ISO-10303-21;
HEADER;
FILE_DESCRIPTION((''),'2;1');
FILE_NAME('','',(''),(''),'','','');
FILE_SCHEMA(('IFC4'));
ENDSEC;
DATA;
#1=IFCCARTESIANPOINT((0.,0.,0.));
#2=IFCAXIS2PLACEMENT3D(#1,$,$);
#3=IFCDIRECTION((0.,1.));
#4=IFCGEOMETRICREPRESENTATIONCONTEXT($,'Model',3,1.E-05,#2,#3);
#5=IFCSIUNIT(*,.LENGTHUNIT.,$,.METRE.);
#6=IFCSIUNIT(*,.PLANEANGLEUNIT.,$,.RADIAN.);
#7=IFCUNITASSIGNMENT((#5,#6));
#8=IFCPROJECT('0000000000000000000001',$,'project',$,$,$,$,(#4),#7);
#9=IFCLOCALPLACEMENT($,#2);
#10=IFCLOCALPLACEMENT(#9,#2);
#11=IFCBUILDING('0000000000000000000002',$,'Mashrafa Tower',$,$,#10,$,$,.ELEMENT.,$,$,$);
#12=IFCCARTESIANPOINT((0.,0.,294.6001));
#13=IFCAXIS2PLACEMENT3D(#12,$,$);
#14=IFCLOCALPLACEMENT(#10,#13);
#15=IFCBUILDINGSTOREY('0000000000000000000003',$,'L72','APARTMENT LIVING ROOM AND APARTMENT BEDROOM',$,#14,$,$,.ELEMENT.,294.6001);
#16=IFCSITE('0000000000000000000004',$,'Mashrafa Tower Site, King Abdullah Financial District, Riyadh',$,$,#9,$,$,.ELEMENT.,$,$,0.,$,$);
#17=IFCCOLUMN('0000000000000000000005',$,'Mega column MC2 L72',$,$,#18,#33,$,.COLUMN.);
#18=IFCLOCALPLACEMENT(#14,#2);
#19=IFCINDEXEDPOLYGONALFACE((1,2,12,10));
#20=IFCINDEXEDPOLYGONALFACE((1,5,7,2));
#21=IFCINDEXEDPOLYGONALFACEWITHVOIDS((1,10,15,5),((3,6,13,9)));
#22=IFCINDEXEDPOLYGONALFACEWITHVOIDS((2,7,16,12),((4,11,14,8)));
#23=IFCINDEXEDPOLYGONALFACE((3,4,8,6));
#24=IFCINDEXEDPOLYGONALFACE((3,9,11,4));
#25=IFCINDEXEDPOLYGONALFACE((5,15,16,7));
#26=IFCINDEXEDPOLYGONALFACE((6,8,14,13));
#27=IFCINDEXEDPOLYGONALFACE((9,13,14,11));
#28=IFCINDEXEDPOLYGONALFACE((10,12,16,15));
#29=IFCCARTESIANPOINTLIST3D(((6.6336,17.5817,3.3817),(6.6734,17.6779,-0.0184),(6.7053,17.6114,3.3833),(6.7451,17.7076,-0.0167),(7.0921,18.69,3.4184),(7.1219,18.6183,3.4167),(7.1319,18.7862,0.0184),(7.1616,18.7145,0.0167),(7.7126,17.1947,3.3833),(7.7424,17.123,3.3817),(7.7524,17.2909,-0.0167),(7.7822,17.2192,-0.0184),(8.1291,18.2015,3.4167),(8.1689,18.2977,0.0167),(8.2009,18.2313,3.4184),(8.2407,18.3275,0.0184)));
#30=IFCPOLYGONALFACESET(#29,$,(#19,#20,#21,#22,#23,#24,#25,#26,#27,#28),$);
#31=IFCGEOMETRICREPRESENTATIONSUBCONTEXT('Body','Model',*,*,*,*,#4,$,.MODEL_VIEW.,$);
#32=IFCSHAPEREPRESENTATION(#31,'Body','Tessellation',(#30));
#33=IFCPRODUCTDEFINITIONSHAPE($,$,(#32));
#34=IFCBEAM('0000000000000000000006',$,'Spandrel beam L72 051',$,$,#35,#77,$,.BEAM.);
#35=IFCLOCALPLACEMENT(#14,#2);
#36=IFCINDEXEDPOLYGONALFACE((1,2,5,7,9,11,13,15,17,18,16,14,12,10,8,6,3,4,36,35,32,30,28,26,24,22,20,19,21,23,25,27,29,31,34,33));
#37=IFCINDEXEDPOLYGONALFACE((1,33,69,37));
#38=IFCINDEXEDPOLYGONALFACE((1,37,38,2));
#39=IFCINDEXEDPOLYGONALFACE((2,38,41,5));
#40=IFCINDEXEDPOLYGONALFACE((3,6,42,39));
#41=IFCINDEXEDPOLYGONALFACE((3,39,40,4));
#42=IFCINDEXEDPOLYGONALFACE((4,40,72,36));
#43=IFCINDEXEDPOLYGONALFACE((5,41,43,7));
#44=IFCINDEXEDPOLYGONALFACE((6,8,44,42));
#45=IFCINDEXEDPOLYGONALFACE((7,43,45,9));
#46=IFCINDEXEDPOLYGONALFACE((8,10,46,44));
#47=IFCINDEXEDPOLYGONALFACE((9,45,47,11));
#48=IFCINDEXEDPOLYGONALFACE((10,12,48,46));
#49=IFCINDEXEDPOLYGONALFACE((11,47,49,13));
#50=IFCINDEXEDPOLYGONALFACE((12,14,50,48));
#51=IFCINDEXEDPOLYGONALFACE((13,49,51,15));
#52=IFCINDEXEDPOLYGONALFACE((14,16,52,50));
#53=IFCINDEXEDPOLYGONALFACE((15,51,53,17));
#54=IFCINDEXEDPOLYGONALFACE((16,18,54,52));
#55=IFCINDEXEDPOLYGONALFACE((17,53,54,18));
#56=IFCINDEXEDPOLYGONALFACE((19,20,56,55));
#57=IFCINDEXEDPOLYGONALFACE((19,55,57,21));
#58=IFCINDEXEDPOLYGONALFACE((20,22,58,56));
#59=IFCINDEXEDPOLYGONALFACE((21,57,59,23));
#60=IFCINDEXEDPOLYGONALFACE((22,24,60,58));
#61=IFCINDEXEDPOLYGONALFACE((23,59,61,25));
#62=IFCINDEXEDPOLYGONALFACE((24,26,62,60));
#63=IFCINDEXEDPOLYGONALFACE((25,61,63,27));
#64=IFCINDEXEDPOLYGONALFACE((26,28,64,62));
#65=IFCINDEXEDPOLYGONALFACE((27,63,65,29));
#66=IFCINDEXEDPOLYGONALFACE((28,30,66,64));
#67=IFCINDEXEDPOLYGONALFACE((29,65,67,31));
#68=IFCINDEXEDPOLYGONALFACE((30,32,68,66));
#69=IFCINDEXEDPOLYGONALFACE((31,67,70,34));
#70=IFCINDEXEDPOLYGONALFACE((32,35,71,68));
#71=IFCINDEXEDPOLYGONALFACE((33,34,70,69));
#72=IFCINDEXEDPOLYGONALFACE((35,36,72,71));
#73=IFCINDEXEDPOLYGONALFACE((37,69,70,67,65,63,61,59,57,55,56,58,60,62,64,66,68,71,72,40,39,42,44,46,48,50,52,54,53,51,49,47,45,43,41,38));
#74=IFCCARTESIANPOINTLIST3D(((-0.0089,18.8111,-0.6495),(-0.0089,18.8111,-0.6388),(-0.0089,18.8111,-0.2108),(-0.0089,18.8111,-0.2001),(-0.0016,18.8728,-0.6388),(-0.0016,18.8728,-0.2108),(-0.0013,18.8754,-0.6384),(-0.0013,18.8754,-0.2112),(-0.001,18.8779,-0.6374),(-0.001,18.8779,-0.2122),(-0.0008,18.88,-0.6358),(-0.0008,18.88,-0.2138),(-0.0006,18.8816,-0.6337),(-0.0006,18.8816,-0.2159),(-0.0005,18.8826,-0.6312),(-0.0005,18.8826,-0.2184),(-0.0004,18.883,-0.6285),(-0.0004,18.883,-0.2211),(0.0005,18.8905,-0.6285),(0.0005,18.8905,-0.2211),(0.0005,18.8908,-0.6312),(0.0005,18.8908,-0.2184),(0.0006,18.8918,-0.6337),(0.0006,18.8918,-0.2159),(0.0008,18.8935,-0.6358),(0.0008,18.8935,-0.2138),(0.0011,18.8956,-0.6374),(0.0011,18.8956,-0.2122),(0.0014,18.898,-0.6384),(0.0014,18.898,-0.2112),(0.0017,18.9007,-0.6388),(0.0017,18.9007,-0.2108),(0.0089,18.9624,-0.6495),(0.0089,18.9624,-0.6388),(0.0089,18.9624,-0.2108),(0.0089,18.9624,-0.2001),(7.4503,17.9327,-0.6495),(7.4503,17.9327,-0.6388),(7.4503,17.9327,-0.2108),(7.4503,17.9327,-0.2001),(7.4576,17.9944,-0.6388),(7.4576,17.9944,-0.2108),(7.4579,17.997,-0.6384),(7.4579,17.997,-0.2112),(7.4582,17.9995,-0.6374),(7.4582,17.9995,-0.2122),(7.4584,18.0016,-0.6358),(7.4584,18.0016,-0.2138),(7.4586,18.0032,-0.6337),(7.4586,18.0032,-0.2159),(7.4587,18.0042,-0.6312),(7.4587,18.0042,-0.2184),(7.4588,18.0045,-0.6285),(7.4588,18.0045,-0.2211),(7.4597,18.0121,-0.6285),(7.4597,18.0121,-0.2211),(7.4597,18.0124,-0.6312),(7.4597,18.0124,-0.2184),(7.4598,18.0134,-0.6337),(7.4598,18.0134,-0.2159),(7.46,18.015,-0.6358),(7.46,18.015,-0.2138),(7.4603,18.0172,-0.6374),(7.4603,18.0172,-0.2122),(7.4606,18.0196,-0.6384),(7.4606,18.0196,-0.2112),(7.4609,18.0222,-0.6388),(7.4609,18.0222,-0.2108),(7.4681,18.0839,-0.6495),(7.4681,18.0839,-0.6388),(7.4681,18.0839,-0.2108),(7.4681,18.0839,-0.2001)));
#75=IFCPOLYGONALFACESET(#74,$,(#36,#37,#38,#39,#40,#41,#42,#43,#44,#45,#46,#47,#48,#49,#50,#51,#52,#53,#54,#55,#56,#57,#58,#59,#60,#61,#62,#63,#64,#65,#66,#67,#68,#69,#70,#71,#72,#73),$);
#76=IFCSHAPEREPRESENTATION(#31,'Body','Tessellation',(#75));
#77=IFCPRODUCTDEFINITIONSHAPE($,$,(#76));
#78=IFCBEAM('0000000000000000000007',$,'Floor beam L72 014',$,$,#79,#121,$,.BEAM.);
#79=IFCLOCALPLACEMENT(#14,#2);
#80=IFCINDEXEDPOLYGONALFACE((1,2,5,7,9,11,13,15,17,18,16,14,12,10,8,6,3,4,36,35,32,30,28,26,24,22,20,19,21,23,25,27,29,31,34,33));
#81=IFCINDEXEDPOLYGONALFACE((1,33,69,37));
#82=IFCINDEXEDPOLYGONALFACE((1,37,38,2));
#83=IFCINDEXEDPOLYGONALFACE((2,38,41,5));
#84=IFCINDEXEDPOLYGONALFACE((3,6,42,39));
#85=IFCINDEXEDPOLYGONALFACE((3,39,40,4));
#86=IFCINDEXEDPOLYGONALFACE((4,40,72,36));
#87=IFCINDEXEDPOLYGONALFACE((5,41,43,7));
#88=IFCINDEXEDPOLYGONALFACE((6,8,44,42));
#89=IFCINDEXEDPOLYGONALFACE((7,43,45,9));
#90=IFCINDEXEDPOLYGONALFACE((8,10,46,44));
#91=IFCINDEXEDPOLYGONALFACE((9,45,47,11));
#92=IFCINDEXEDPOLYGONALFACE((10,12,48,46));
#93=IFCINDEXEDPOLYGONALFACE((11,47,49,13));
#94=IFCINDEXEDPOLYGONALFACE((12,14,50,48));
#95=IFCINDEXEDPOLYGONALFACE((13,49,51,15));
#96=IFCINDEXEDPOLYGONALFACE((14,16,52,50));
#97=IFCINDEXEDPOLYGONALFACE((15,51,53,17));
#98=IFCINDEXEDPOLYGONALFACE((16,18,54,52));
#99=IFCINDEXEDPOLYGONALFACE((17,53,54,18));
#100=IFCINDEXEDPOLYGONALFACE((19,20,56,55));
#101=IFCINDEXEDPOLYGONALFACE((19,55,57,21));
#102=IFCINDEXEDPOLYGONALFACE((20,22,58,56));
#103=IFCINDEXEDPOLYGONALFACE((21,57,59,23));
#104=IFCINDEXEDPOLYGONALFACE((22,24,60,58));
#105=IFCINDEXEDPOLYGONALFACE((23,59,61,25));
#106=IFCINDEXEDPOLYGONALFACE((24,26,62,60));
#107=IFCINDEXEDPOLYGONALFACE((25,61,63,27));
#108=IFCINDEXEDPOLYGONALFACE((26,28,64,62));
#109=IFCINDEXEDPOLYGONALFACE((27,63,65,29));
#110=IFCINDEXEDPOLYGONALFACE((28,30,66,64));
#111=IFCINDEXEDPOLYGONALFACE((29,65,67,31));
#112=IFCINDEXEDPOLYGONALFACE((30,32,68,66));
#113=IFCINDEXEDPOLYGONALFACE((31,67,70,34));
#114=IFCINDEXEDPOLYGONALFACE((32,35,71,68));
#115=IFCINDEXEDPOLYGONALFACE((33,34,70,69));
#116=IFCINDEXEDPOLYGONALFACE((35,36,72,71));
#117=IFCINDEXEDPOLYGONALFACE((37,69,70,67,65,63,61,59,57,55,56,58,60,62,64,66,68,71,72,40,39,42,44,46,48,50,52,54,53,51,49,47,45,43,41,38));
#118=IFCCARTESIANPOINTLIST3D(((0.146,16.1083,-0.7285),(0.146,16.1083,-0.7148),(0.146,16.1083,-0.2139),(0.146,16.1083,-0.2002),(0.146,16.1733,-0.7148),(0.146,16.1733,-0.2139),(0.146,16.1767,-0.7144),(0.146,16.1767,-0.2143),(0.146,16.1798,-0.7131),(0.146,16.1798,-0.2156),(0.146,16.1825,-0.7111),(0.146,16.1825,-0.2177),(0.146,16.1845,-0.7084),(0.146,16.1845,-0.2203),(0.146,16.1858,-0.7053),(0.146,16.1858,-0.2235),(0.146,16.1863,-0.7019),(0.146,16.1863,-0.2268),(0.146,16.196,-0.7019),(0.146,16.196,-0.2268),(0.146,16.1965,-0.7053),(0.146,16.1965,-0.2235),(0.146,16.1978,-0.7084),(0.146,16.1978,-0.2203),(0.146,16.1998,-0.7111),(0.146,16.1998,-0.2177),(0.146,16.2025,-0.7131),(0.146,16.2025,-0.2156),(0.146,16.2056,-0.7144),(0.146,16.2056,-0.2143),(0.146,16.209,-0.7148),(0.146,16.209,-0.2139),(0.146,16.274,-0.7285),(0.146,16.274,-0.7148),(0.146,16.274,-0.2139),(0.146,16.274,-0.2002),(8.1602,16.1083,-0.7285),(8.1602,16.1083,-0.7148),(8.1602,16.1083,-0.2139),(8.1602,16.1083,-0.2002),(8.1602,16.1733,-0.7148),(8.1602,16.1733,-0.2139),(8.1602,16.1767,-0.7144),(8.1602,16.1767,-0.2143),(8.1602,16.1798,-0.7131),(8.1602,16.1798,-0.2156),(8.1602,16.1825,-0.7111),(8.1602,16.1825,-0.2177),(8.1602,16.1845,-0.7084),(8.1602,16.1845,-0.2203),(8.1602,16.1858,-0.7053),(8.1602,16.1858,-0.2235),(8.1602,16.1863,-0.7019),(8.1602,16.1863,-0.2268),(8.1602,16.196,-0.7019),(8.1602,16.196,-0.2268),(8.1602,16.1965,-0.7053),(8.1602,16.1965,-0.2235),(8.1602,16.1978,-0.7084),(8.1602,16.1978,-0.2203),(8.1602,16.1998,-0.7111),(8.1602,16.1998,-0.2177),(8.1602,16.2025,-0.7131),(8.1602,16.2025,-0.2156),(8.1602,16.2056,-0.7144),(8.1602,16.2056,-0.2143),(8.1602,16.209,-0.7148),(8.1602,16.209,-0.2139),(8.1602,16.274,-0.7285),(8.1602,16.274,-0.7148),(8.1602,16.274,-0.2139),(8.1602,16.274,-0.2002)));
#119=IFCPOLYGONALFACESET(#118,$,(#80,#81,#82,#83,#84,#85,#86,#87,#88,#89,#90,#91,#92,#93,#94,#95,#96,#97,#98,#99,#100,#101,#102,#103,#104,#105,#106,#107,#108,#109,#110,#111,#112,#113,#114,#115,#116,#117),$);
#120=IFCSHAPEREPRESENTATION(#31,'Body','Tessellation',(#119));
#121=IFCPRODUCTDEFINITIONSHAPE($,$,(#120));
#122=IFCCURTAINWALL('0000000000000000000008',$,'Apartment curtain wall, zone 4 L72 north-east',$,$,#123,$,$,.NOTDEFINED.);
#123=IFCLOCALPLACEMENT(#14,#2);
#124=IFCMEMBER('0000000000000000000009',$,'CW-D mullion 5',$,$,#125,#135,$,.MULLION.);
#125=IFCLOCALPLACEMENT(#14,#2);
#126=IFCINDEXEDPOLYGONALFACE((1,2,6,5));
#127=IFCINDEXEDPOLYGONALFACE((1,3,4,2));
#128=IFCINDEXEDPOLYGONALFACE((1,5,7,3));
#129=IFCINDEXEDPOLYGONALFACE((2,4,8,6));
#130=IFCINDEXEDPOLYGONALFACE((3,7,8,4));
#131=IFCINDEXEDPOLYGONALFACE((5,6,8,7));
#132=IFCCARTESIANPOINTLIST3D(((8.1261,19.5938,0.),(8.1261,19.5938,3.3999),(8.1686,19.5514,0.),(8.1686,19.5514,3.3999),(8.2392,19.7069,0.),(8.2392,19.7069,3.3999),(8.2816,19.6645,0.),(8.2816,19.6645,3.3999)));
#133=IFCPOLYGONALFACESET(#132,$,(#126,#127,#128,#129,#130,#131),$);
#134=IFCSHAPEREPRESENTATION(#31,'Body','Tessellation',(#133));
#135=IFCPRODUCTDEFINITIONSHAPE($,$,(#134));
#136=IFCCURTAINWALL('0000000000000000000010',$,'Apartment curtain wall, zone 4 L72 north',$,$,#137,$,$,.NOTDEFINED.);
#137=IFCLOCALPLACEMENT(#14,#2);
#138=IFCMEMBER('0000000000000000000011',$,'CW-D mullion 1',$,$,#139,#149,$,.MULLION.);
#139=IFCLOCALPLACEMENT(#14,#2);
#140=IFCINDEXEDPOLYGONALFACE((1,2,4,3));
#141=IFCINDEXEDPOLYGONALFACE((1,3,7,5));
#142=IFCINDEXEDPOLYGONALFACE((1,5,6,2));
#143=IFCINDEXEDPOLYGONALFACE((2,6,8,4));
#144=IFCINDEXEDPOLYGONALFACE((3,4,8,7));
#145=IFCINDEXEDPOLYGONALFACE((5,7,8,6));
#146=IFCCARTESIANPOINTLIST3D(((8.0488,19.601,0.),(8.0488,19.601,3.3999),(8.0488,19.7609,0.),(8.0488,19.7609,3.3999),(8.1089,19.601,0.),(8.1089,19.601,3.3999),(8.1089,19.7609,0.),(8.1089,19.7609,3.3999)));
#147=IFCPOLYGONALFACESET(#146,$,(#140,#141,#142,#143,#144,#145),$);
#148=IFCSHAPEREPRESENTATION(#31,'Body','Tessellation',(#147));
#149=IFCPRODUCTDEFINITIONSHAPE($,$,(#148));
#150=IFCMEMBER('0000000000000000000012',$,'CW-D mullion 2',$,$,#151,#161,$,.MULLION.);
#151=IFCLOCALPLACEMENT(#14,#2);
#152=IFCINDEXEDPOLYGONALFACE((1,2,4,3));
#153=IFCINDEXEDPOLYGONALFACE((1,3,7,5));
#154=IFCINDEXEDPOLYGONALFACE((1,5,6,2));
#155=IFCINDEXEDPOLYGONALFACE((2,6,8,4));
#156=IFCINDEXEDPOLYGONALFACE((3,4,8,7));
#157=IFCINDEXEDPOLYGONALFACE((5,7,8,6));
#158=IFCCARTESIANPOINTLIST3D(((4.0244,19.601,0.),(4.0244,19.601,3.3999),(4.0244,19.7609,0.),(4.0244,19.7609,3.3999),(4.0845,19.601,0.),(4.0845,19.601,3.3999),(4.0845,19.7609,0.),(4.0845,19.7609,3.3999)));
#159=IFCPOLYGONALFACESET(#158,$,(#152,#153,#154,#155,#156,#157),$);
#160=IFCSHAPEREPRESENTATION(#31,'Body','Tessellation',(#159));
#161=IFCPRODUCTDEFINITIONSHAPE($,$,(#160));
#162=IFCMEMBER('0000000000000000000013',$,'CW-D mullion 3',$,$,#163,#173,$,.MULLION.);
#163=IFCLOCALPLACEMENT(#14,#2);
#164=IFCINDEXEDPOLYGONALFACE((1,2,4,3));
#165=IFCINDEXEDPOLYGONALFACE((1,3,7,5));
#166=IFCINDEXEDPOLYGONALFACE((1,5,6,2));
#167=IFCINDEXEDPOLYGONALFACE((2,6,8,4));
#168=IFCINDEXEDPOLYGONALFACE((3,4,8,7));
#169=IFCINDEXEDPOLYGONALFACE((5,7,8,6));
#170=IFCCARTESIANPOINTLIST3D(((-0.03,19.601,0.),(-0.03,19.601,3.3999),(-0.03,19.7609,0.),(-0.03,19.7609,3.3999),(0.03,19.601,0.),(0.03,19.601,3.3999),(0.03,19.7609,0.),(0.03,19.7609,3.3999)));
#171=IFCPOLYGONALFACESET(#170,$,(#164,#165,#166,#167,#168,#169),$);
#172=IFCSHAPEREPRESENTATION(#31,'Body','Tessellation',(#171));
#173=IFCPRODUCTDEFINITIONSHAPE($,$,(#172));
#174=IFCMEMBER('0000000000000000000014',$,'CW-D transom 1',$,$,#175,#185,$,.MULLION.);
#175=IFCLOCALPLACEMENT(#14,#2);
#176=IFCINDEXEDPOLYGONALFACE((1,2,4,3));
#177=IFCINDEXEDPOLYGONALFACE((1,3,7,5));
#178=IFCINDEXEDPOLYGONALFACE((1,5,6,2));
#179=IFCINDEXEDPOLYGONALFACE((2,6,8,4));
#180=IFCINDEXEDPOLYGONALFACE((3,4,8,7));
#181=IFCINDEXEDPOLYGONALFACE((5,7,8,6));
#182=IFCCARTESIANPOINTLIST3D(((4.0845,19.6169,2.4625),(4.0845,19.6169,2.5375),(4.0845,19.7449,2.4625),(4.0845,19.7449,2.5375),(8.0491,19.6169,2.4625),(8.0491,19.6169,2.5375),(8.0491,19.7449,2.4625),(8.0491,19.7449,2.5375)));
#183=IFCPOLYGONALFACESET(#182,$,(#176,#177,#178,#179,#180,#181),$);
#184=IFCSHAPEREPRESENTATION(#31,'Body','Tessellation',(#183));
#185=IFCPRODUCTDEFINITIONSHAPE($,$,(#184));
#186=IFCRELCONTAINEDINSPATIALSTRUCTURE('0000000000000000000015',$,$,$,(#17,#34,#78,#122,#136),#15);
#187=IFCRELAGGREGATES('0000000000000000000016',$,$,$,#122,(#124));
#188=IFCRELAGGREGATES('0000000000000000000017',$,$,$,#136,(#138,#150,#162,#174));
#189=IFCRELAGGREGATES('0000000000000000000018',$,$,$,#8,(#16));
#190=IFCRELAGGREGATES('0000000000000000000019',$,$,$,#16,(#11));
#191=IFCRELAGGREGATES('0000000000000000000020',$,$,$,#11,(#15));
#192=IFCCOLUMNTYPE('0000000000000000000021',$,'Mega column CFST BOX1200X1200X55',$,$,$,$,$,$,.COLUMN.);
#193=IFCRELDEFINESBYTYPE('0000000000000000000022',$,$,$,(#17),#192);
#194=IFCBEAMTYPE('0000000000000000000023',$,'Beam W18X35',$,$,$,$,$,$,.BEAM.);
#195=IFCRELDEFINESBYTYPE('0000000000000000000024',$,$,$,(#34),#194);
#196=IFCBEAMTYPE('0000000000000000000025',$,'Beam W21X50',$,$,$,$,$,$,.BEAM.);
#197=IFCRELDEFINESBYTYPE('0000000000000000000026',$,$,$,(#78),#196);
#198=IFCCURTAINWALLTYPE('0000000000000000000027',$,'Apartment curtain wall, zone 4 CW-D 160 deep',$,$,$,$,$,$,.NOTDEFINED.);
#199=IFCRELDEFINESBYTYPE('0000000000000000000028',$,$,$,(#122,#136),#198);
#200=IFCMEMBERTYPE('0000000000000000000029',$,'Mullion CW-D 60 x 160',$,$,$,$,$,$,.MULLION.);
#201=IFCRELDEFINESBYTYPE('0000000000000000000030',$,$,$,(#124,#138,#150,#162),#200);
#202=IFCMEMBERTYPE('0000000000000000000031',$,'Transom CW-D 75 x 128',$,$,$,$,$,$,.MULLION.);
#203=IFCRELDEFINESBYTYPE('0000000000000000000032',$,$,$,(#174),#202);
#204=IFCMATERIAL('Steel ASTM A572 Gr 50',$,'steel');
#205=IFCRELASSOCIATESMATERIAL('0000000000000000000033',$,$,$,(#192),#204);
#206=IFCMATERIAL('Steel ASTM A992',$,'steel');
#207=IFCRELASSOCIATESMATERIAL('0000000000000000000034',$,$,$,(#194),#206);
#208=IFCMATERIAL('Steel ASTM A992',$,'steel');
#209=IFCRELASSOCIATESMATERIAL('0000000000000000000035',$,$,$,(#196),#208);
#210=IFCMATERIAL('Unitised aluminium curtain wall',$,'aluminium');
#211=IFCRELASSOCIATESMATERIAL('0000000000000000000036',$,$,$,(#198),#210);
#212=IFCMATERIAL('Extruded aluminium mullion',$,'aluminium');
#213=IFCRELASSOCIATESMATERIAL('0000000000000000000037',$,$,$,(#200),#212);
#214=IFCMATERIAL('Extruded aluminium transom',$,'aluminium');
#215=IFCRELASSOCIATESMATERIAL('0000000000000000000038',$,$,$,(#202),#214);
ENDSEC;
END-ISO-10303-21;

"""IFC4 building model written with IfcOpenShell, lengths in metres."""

from ifc_helpers import new_model, si_unit, direction, frame, origin, origin_2d, place, context, subcontext, project, spatial, rectangle, hollow_rectangle, i_section, extrude, source, transform, mapped, material, material_profile, profile_set, type_object, type_shapes, element, aggregate, save


model = new_model("IFC4")

# Units and contexts
model_context = context("Model", 3, precision=1e-05, world=origin(), true_north=direction((0.0, 1.0)))
body_context = subcontext(model_context, "Body", "Model", "MODEL_VIEW")
ifc_project = project(units=[si_unit("LENGTHUNIT", "METRE"), si_unit("PLANEANGLEUNIT", "RADIAN")], contexts=[model_context])

# Site, building, storey
site_placement = place(None, origin())
site = spatial("IfcSite", under=ifc_project, at=site_placement, Name="Mashrafa Tower Site, King Abdullah Financial District, Riyadh", CompositionType="ELEMENT", RefElevation=0.0)
building_placement = place(site_placement, origin())
building = spatial("IfcBuilding", under=site, at=building_placement, Name="Mashrafa Tower", CompositionType="ELEMENT")
storey_placement = place(building_placement, frame((0.0, 0.0, 294.6001)))
storey = spatial("IfcBuildingStorey", under=building, at=storey_placement, Name="L72", Description="APARTMENT LIVING ROOM AND APARTMENT BEDROOM", CompositionType="ELEMENT", Elevation=294.6001)

# Column
ifc_material_1 = material(Name="Steel ASTM A572 Gr 50", Category="steel")
ifc_material_profile_1 = material_profile(ifc_material_1, hollow_rectangle(XDim=1.2, YDim=1.2, WallThickness=0.0549, at=origin_2d()), Name="BOX1200X1200X55")
ifc_profile_set_1 = profile_set([ifc_material_profile_1], Name="Steel ASTM A572 Gr 50")
column_type = type_object("IfcColumnType", Name="Mega column CFST BOX1200X1200X55", PredefinedType="COLUMN", material=ifc_profile_set_1)
column_placement = place(storey_placement, frame((7.457, 18.0027, 0.0), z_axis=(-0.011699, -0.028279, 0.999532), x_axis=(0.924045, -0.382283, 0.0)))
element("IfcColumn", 1, at=column_placement, inside=storey, type_object=column_type, Name="Mega column MC2 L72", PredefinedType="COLUMN", context=body_context, shape_type="SweptSolid", body=[
    extrude(hollow_rectangle(XDim=1.2, YDim=1.2, WallThickness=0.0549, at=origin_2d()), origin(), (0.0, 0.0, 1.0), 3.4016),
])

# Beams
ifc_material_2 = material(Name="Steel ASTM A992", Category="steel")
ifc_material_profile_2 = material_profile(ifc_material_2, i_section(OverallWidth=0.1523, OverallDepth=0.4495, WebThickness=0.0076, FlangeThickness=0.0107, FilletRadius=0.0103, at=origin_2d()), Name="W18X35")
ifc_profile_set_2 = profile_set([ifc_material_profile_2], Name="Steel ASTM A992")
beam_type_1 = type_object("IfcBeamType", Name="Beam W18X35", PredefinedType="BEAM", material=ifc_profile_set_2)
beam_1_placement = place(storey_placement, frame((7.4592, 18.0083, -0.4248), z_axis=(-0.993137, 0.116954, 0.0), x_axis=(-0.116954, -0.993137, 0.0)))
element("IfcBeam", 2, at=beam_1_placement, inside=storey, type_object=beam_type_1, Name="Spandrel beam L72 051", PredefinedType="BEAM", context=body_context, shape_type="SweptSolid", body=[
    extrude(i_section(OverallWidth=0.1523, OverallDepth=0.4495, WebThickness=0.0076, FlangeThickness=0.0107, FilletRadius=0.0103, at=origin_2d()), origin(), (0.0, 0.0, 1.0), 7.5107),
])
ifc_material_3 = material(Name="Steel ASTM A992", Category="steel")
ifc_material_profile_3 = material_profile(ifc_material_3, i_section(OverallWidth=0.1658, OverallDepth=0.5283, WebThickness=0.0098, FlangeThickness=0.0137, FilletRadius=0.0129, at=origin_2d()), Name="W21X50")
ifc_profile_set_3 = profile_set([ifc_material_profile_3], Name="Steel ASTM A992")
beam_type_2 = type_object("IfcBeamType", Name="Beam W21X50", PredefinedType="BEAM", material=ifc_profile_set_3)
beam_2_placement = place(storey_placement, frame((0.146, 16.1912, -0.4644), z_axis=(1.0, 0.0, 0.0), x_axis=(0.0, 1.0, 0.0)))
element("IfcBeam", 3, at=beam_2_placement, inside=storey, type_object=beam_type_2, Name="Floor beam L72 014", PredefinedType="BEAM", context=body_context, shape_type="SweptSolid", body=[
    extrude(i_section(OverallWidth=0.1658, OverallDepth=0.5283, WebThickness=0.0098, FlangeThickness=0.0137, FilletRadius=0.0129, at=origin_2d()), origin(), (0.0, 0.0, 1.0), 8.0142),
])

# Curtain wall, member
ifc_material_4 = material(Name="Unitised aluminium curtain wall", Category="aluminium")
curtain_wall_type = type_object("IfcCurtainWallType", Name="Apartment curtain wall, zone 4 CW-D 160 deep", PredefinedType="NOTDEFINED", material=ifc_material_4)
curtain_wall_1_placement = place(storey_placement, origin())
curtain_wall_1 = element("IfcCurtainWall", 4, at=curtain_wall_1_placement, inside=storey, type_object=curtain_wall_type, Name="Apartment curtain wall, zone 4 L72 north-east", PredefinedType="NOTDEFINED")
ifc_material_5 = material(Name="Extruded aluminium mullion", Category="aluminium")
ifc_material_profile_4 = material_profile(ifc_material_5, rectangle(XDim=0.1599, YDim=0.0601, at=origin_2d()), Name="Mullion 60x160")
ifc_profile_set_4 = profile_set([ifc_material_profile_4], Name="Extruded aluminium mullion")
member_type_1 = type_object("IfcMemberType", Name="Mullion CW-D 60 x 160", PredefinedType="MULLION", material=ifc_profile_set_4)
shared_shape_1 = source(origin(), body_context, "Body", "SweptSolid", [
    extrude(rectangle(XDim=0.1599, YDim=0.0601, at=origin_2d()), origin(), (0.0, 0.0, 1.0), 3.3999),
])
type_shapes(member_type_1, [shared_shape_1])
member_1_placement = place(storey_placement, frame((8.2039, 19.6292, 0.0), z_axis=(0.0, 0.0, 1.0), x_axis=(-0.707107, -0.707107, 0.0)))
member_1 = element("IfcMember", 5, at=member_1_placement, type_object=member_type_1, Name="CW-D mullion 5", PredefinedType="MULLION", context=body_context, shape_type="MappedRepresentation", body=[
    mapped(shared_shape_1, transform((0.0, 0.0, 0.0))),
])

# Curtain wall, members
curtain_wall_2_placement = place(storey_placement, origin())
curtain_wall_2 = element("IfcCurtainWall", 6, at=curtain_wall_2_placement, inside=storey, type_object=curtain_wall_type, Name="Apartment curtain wall, zone 4 L72 north", PredefinedType="NOTDEFINED")
member_2_placement = place(storey_placement, frame((8.0789, 19.6809, 0.0), z_axis=(0.0, 0.0, 1.0), x_axis=(0.0, -1.0, 0.0)))
member_2 = element("IfcMember", 7, at=member_2_placement, type_object=member_type_1, Name="CW-D mullion 1", PredefinedType="MULLION", context=body_context, shape_type="MappedRepresentation", body=[
    mapped(shared_shape_1, transform((0.0, 0.0, 0.0))),
])
member_3_placement = place(storey_placement, frame((4.0544, 19.6809, 0.0), z_axis=(0.0, 0.0, 1.0), x_axis=(0.0, -1.0, 0.0)))
member_3 = element("IfcMember", 8, at=member_3_placement, type_object=member_type_1, Name="CW-D mullion 2", PredefinedType="MULLION", context=body_context, shape_type="MappedRepresentation", body=[
    mapped(shared_shape_1, transform((0.0, 0.0, 0.0))),
])
member_4_placement = place(storey_placement, frame((0.0, 19.6809, 0.0), z_axis=(0.0, 0.0, 1.0), x_axis=(0.0, -1.0, 0.0)))
member_4 = element("IfcMember", 9, at=member_4_placement, type_object=member_type_1, Name="CW-D mullion 3", PredefinedType="MULLION", context=body_context, shape_type="MappedRepresentation", body=[
    mapped(shared_shape_1, transform((0.0, 0.0, 0.0))),
])
ifc_material_6 = material(Name="Extruded aluminium transom", Category="aluminium")
ifc_material_profile_5 = material_profile(ifc_material_6, rectangle(XDim=0.1279, YDim=0.075, at=origin_2d()), Name="Transom 75x128")
ifc_profile_set_5 = profile_set([ifc_material_profile_5], Name="Extruded aluminium transom")
member_type_2 = type_object("IfcMemberType", Name="Transom CW-D 75 x 128", PredefinedType="MULLION", material=ifc_profile_set_5)
shared_shape_2 = source(origin(), body_context, "Body", "SweptSolid", [
    extrude(rectangle(XDim=0.1279, YDim=0.075, at=origin_2d()), origin(), (0.0, 0.0, 1.0), 3.9646),
])
member_5_placement = place(storey_placement, frame((8.0491, 19.6809, 2.5), z_axis=(-1.0, 0.0, 0.0), x_axis=(0.0, -1.0, 0.0)))
member_5 = element("IfcMember", 10, at=member_5_placement, type_object=member_type_2, Name="CW-D transom 1", PredefinedType="MULLION", context=body_context, shape_type="MappedRepresentation", body=[
    mapped(shared_shape_2, transform((0.0, 0.0, 0.0))),
])

aggregate(curtain_wall_1, [member_1])
aggregate(curtain_wall_2, [member_2, member_3, member_4, member_5])

save(model, "model.ifc")
